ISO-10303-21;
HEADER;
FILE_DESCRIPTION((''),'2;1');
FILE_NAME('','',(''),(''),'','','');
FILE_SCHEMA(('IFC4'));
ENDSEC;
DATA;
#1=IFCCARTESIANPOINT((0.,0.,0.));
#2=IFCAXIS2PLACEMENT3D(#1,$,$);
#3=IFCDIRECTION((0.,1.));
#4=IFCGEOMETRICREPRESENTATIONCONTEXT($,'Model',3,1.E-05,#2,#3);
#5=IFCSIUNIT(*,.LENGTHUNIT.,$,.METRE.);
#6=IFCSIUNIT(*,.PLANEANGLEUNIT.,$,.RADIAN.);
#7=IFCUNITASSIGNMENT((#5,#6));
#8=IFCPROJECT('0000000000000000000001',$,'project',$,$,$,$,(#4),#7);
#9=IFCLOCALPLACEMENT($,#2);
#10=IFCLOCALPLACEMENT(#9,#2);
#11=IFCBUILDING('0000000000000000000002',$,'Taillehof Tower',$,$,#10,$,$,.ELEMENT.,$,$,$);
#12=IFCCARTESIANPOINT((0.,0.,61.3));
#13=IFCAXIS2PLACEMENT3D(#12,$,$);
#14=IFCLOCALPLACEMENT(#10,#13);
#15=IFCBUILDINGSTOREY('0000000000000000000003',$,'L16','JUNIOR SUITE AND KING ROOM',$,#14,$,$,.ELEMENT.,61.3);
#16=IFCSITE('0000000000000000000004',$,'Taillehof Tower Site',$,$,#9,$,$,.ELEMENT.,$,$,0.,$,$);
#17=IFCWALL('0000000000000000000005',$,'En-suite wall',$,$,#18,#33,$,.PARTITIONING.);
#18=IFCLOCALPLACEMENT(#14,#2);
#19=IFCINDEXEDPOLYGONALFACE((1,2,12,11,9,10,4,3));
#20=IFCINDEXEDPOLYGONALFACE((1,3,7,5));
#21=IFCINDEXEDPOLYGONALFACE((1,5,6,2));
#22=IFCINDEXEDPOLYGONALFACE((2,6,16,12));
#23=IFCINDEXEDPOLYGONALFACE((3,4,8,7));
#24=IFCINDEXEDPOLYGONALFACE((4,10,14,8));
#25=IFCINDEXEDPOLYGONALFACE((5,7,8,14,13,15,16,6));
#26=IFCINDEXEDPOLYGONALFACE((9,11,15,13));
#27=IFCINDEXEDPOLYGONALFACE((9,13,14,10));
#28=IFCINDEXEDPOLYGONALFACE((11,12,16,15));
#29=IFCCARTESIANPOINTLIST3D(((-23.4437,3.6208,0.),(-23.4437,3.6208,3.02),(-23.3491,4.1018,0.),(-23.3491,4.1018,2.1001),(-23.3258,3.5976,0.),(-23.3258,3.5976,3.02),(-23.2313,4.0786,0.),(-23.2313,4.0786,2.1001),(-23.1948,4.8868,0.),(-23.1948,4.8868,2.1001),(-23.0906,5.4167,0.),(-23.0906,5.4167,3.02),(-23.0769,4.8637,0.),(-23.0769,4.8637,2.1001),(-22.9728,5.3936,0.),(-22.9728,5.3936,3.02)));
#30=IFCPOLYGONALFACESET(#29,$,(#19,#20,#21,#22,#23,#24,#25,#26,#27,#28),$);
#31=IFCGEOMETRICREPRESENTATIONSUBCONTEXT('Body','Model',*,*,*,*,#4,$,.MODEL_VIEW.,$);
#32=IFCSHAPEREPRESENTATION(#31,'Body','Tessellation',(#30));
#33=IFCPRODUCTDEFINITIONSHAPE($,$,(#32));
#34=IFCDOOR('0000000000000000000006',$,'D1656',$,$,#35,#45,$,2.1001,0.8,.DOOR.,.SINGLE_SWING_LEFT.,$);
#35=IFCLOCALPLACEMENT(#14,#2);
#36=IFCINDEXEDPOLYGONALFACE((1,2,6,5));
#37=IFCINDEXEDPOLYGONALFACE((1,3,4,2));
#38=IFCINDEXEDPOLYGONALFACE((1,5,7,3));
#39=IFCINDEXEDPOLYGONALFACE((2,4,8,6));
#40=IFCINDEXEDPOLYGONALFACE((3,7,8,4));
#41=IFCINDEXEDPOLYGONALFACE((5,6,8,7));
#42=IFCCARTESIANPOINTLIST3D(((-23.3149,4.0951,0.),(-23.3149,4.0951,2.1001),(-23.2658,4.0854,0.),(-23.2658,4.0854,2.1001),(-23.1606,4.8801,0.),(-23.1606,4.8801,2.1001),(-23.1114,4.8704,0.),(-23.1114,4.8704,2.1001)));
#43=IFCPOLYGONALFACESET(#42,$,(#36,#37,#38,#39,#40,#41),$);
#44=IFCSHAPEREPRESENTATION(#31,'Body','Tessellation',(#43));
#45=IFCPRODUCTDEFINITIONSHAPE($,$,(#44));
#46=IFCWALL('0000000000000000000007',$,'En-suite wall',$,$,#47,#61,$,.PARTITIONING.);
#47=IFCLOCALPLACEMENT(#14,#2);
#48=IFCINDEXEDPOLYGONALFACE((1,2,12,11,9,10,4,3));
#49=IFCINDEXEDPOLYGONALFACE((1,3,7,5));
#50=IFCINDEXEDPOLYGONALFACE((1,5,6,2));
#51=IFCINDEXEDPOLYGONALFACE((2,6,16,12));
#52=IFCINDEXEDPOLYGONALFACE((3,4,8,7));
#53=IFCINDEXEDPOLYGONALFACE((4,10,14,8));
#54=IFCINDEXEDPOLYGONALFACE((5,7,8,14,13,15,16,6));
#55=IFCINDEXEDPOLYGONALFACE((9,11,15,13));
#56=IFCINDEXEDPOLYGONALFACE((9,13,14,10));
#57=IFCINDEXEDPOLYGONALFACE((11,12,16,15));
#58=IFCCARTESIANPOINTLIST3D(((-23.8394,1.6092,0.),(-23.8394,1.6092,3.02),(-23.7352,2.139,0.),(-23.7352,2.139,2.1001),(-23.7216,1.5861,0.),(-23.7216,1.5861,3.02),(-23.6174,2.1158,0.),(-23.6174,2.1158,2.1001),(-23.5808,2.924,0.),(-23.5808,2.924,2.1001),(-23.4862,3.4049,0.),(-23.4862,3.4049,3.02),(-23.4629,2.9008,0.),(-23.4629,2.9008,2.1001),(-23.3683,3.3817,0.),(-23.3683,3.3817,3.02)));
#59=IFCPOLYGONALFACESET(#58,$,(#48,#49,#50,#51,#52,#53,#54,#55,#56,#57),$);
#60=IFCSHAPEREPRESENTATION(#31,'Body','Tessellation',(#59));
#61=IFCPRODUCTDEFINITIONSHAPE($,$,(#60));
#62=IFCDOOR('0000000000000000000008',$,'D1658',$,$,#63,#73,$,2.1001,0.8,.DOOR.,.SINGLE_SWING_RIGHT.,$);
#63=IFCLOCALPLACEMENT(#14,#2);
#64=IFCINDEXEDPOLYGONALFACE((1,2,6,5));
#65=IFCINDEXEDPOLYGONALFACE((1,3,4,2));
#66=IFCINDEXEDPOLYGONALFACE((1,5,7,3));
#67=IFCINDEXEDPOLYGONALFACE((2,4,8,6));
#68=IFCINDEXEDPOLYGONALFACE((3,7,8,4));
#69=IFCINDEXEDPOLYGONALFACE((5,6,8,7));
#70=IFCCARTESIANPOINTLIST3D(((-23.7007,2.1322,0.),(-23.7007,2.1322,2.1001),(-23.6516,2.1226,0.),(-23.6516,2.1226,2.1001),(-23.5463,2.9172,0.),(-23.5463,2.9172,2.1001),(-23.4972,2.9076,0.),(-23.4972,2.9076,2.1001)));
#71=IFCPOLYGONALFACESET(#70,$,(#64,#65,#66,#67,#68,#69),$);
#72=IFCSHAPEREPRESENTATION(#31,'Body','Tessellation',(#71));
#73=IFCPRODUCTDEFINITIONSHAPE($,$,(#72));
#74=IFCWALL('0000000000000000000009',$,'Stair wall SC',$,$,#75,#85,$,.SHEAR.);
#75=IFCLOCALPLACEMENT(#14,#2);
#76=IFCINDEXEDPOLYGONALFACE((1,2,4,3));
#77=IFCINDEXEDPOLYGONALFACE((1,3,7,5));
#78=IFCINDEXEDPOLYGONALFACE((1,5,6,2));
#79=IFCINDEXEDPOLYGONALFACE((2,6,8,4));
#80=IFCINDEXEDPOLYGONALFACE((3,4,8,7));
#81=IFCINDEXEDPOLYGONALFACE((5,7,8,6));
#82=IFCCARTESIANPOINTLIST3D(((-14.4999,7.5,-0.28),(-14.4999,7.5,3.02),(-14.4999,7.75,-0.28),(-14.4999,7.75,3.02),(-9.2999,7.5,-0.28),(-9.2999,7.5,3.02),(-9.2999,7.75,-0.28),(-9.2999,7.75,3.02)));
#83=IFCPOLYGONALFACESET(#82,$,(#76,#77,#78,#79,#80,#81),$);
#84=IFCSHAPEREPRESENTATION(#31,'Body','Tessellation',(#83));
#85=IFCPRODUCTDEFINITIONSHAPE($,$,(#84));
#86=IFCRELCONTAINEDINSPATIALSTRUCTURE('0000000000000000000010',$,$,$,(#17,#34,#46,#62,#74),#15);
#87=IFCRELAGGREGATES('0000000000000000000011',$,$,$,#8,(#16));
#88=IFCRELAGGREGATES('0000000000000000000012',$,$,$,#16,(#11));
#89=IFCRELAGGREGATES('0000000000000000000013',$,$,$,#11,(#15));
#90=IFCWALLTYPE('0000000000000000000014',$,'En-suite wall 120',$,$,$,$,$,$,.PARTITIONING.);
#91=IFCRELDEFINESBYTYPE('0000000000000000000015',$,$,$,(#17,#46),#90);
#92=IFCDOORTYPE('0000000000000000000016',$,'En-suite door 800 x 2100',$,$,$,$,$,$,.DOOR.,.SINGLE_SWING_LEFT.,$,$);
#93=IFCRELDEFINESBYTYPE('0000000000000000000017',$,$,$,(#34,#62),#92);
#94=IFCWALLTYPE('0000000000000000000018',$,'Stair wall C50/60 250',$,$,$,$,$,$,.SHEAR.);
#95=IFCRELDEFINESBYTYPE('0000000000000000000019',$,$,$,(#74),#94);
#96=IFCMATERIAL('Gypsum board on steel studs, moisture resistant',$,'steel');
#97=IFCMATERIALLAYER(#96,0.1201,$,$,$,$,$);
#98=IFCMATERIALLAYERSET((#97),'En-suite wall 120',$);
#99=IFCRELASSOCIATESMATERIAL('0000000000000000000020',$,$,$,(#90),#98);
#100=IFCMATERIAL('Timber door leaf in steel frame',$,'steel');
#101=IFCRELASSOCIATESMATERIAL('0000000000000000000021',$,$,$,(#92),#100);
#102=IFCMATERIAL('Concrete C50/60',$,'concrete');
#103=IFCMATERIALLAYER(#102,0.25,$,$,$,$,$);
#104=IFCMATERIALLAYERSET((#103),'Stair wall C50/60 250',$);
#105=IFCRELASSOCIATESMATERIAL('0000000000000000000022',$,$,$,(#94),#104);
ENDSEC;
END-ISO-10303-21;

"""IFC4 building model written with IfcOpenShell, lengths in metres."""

from ifc_helpers import new_model, si_unit, direction, frame, frame_2d, origin, place, context, subcontext, project, spatial, rectangle, extrude, material, layer, layer_set, type_object, element, fill, save


model = new_model("IFC4")

# Units and contexts
model_context = context("Model", 3, precision=1e-05, world=origin(), true_north=direction((0.0, 1.0)))
body_context = subcontext(model_context, "Body", "Model", "MODEL_VIEW")
ifc_project = project(units=[si_unit("LENGTHUNIT", "METRE"), si_unit("PLANEANGLEUNIT", "RADIAN")], contexts=[model_context])

# Site, building, storey
site_placement = place(None, origin())
site = spatial("IfcSite", under=ifc_project, at=site_placement, Name="Taillehof Tower Site", CompositionType="ELEMENT", RefElevation=0.0)
building_placement = place(site_placement, origin())
building = spatial("IfcBuilding", under=site, at=building_placement, Name="Taillehof Tower", CompositionType="ELEMENT")
storey_placement = place(building_placement, frame((0.0, 0.0, 61.3)))
storey = spatial("IfcBuildingStorey", under=building, at=storey_placement, Name="L16", Description="JUNIOR SUITE AND KING ROOM", CompositionType="ELEMENT", Elevation=61.3)

# Shared definitions
ifc_material_1 = material(Name="Gypsum board on steel studs, moisture resistant", Category="steel")
ifc_layer_1 = layer(ifc_material_1, 0.1201)
ifc_layer_set_1 = layer_set([ifc_layer_1], Name="En-suite wall 120")
wall_type_1 = type_object("IfcWallType", Name="En-suite wall 120", PredefinedType="PARTITIONING", material=ifc_layer_set_1)

# Walls, openings, doors
wall_1_placement = place(storey_placement, frame((-23.0317, 5.405, 0.0), z_axis=(0.0, 0.0, 1.0), x_axis=(-0.192883, -0.981222, 0.0)))
wall_1 = element("IfcWall", 1, at=wall_1_placement, inside=storey, type_object=wall_type_1, Name="En-suite wall", PredefinedType="PARTITIONING", context=body_context, shape_type="SweptSolid", body=[
    extrude(rectangle(XDim=1.8303, YDim=0.1201, at=frame_2d((0.915, 0.0))), origin(), (0.0, 0.0, 1.0), 3.02),
])
opening_1_placement = place(wall_1_placement, frame((0.54, 0.0, 0.0)))
opening_1 = element("IfcOpeningElement", 2, at=opening_1_placement, cuts=wall_1, PredefinedType="OPENING", context=body_context, shape_type="SweptSolid", body=[
    extrude(rectangle(XDim=0.8, YDim=2.1001, at=frame_2d((0.3999, 1.05))), frame((0.0, 0.0701, 0.0), z_axis=(0.0, -1.0, 0.0), x_axis=(1.0, 0.0, 0.0)), (0.0, 0.0, 1.0), 0.1401),
])
ifc_material_2 = material(Name="Timber door leaf in steel frame", Category="steel")
door_type_1 = type_object("IfcDoorType", Name="En-suite door 800 x 2100", OperationType="SINGLE_SWING_LEFT", PredefinedType="DOOR", material=ifc_material_2)
door_1_placement = place(opening_1_placement, origin())
door_1 = element("IfcDoor", 3, at=door_1_placement, inside=storey, type_object=door_type_1, Name="D1656", OperationType="SINGLE_SWING_LEFT", OverallHeight=2.1001, OverallWidth=0.8, PredefinedType="DOOR", context=body_context, shape_type="SweptSolid", body=[
    extrude(rectangle(XDim=0.8, YDim=2.1001, at=frame_2d((0.3999, 1.05))), frame((0.0, 0.0249, 0.0), z_axis=(0.0, -1.0, 0.0), x_axis=(1.0, 0.0, 0.0)), (0.0, 0.0, 1.0), 0.05),
])
fill(opening_1, door_1)
wall_2_placement = place(storey_placement, frame((-23.7805, 1.5977, 0.0), z_axis=(0.0, 0.0, 1.0), x_axis=(0.193037, 0.981192, 0.0)))
wall_2 = element("IfcWall", 4, at=wall_2_placement, inside=storey, type_object=wall_type_1, Name="En-suite wall", PredefinedType="PARTITIONING", context=body_context, shape_type="SweptSolid", body=[
    extrude(rectangle(XDim=1.8301, YDim=0.1201, at=frame_2d((0.915, 0.0))), origin(), (0.0, 0.0, 1.0), 3.02),
])
opening_2_placement = place(wall_2_placement, frame((0.54, 0.0, 0.0)))
opening_2 = element("IfcOpeningElement", 5, at=opening_2_placement, cuts=wall_2, PredefinedType="OPENING", context=body_context, shape_type="SweptSolid", body=[
    extrude(rectangle(XDim=0.8, YDim=2.1001, at=frame_2d((0.3999, 1.05))), frame((0.0, 0.0701, 0.0), z_axis=(0.0, -1.0, 0.0), x_axis=(1.0, 0.0, 0.0)), (0.0, 0.0, 1.0), 0.1401),
])
door_2_placement = place(opening_2_placement, origin())
door_2 = element("IfcDoor", 6, at=door_2_placement, inside=storey, type_object=door_type_1, Name="D1658", OperationType="SINGLE_SWING_RIGHT", OverallHeight=2.1001, OverallWidth=0.8, PredefinedType="DOOR", context=body_context, shape_type="SweptSolid", body=[
    extrude(rectangle(XDim=0.8, YDim=2.1001, at=frame_2d((0.3999, 1.05))), frame((0.0, 0.0249, 0.0), z_axis=(0.0, -1.0, 0.0), x_axis=(1.0, 0.0, 0.0)), (0.0, 0.0, 1.0), 0.05),
])
fill(opening_2, door_2)

# Wall
ifc_material_3 = material(Name="Concrete C50/60", Category="concrete")
ifc_layer_2 = layer(ifc_material_3, 0.25)
ifc_layer_set_2 = layer_set([ifc_layer_2], Name="Stair wall C50/60 250")
wall_type_2 = type_object("IfcWallType", Name="Stair wall C50/60 250", PredefinedType="SHEAR", material=ifc_layer_set_2)
wall_3_placement = place(storey_placement, frame((-14.5, 7.625, -0.28), z_axis=(0.0, 0.0, 1.0), x_axis=(1.0, 0.0, 0.0)))
element("IfcWall", 7, at=wall_3_placement, inside=storey, type_object=wall_type_2, Name="Stair wall SC", PredefinedType="SHEAR", context=body_context, shape_type="SweptSolid", body=[
    extrude(rectangle(XDim=5.2, YDim=0.25, at=frame_2d((2.6001, 0.0))), origin(), (0.0, 0.0, 1.0), 3.3),
])

save(model, "model.ifc")
